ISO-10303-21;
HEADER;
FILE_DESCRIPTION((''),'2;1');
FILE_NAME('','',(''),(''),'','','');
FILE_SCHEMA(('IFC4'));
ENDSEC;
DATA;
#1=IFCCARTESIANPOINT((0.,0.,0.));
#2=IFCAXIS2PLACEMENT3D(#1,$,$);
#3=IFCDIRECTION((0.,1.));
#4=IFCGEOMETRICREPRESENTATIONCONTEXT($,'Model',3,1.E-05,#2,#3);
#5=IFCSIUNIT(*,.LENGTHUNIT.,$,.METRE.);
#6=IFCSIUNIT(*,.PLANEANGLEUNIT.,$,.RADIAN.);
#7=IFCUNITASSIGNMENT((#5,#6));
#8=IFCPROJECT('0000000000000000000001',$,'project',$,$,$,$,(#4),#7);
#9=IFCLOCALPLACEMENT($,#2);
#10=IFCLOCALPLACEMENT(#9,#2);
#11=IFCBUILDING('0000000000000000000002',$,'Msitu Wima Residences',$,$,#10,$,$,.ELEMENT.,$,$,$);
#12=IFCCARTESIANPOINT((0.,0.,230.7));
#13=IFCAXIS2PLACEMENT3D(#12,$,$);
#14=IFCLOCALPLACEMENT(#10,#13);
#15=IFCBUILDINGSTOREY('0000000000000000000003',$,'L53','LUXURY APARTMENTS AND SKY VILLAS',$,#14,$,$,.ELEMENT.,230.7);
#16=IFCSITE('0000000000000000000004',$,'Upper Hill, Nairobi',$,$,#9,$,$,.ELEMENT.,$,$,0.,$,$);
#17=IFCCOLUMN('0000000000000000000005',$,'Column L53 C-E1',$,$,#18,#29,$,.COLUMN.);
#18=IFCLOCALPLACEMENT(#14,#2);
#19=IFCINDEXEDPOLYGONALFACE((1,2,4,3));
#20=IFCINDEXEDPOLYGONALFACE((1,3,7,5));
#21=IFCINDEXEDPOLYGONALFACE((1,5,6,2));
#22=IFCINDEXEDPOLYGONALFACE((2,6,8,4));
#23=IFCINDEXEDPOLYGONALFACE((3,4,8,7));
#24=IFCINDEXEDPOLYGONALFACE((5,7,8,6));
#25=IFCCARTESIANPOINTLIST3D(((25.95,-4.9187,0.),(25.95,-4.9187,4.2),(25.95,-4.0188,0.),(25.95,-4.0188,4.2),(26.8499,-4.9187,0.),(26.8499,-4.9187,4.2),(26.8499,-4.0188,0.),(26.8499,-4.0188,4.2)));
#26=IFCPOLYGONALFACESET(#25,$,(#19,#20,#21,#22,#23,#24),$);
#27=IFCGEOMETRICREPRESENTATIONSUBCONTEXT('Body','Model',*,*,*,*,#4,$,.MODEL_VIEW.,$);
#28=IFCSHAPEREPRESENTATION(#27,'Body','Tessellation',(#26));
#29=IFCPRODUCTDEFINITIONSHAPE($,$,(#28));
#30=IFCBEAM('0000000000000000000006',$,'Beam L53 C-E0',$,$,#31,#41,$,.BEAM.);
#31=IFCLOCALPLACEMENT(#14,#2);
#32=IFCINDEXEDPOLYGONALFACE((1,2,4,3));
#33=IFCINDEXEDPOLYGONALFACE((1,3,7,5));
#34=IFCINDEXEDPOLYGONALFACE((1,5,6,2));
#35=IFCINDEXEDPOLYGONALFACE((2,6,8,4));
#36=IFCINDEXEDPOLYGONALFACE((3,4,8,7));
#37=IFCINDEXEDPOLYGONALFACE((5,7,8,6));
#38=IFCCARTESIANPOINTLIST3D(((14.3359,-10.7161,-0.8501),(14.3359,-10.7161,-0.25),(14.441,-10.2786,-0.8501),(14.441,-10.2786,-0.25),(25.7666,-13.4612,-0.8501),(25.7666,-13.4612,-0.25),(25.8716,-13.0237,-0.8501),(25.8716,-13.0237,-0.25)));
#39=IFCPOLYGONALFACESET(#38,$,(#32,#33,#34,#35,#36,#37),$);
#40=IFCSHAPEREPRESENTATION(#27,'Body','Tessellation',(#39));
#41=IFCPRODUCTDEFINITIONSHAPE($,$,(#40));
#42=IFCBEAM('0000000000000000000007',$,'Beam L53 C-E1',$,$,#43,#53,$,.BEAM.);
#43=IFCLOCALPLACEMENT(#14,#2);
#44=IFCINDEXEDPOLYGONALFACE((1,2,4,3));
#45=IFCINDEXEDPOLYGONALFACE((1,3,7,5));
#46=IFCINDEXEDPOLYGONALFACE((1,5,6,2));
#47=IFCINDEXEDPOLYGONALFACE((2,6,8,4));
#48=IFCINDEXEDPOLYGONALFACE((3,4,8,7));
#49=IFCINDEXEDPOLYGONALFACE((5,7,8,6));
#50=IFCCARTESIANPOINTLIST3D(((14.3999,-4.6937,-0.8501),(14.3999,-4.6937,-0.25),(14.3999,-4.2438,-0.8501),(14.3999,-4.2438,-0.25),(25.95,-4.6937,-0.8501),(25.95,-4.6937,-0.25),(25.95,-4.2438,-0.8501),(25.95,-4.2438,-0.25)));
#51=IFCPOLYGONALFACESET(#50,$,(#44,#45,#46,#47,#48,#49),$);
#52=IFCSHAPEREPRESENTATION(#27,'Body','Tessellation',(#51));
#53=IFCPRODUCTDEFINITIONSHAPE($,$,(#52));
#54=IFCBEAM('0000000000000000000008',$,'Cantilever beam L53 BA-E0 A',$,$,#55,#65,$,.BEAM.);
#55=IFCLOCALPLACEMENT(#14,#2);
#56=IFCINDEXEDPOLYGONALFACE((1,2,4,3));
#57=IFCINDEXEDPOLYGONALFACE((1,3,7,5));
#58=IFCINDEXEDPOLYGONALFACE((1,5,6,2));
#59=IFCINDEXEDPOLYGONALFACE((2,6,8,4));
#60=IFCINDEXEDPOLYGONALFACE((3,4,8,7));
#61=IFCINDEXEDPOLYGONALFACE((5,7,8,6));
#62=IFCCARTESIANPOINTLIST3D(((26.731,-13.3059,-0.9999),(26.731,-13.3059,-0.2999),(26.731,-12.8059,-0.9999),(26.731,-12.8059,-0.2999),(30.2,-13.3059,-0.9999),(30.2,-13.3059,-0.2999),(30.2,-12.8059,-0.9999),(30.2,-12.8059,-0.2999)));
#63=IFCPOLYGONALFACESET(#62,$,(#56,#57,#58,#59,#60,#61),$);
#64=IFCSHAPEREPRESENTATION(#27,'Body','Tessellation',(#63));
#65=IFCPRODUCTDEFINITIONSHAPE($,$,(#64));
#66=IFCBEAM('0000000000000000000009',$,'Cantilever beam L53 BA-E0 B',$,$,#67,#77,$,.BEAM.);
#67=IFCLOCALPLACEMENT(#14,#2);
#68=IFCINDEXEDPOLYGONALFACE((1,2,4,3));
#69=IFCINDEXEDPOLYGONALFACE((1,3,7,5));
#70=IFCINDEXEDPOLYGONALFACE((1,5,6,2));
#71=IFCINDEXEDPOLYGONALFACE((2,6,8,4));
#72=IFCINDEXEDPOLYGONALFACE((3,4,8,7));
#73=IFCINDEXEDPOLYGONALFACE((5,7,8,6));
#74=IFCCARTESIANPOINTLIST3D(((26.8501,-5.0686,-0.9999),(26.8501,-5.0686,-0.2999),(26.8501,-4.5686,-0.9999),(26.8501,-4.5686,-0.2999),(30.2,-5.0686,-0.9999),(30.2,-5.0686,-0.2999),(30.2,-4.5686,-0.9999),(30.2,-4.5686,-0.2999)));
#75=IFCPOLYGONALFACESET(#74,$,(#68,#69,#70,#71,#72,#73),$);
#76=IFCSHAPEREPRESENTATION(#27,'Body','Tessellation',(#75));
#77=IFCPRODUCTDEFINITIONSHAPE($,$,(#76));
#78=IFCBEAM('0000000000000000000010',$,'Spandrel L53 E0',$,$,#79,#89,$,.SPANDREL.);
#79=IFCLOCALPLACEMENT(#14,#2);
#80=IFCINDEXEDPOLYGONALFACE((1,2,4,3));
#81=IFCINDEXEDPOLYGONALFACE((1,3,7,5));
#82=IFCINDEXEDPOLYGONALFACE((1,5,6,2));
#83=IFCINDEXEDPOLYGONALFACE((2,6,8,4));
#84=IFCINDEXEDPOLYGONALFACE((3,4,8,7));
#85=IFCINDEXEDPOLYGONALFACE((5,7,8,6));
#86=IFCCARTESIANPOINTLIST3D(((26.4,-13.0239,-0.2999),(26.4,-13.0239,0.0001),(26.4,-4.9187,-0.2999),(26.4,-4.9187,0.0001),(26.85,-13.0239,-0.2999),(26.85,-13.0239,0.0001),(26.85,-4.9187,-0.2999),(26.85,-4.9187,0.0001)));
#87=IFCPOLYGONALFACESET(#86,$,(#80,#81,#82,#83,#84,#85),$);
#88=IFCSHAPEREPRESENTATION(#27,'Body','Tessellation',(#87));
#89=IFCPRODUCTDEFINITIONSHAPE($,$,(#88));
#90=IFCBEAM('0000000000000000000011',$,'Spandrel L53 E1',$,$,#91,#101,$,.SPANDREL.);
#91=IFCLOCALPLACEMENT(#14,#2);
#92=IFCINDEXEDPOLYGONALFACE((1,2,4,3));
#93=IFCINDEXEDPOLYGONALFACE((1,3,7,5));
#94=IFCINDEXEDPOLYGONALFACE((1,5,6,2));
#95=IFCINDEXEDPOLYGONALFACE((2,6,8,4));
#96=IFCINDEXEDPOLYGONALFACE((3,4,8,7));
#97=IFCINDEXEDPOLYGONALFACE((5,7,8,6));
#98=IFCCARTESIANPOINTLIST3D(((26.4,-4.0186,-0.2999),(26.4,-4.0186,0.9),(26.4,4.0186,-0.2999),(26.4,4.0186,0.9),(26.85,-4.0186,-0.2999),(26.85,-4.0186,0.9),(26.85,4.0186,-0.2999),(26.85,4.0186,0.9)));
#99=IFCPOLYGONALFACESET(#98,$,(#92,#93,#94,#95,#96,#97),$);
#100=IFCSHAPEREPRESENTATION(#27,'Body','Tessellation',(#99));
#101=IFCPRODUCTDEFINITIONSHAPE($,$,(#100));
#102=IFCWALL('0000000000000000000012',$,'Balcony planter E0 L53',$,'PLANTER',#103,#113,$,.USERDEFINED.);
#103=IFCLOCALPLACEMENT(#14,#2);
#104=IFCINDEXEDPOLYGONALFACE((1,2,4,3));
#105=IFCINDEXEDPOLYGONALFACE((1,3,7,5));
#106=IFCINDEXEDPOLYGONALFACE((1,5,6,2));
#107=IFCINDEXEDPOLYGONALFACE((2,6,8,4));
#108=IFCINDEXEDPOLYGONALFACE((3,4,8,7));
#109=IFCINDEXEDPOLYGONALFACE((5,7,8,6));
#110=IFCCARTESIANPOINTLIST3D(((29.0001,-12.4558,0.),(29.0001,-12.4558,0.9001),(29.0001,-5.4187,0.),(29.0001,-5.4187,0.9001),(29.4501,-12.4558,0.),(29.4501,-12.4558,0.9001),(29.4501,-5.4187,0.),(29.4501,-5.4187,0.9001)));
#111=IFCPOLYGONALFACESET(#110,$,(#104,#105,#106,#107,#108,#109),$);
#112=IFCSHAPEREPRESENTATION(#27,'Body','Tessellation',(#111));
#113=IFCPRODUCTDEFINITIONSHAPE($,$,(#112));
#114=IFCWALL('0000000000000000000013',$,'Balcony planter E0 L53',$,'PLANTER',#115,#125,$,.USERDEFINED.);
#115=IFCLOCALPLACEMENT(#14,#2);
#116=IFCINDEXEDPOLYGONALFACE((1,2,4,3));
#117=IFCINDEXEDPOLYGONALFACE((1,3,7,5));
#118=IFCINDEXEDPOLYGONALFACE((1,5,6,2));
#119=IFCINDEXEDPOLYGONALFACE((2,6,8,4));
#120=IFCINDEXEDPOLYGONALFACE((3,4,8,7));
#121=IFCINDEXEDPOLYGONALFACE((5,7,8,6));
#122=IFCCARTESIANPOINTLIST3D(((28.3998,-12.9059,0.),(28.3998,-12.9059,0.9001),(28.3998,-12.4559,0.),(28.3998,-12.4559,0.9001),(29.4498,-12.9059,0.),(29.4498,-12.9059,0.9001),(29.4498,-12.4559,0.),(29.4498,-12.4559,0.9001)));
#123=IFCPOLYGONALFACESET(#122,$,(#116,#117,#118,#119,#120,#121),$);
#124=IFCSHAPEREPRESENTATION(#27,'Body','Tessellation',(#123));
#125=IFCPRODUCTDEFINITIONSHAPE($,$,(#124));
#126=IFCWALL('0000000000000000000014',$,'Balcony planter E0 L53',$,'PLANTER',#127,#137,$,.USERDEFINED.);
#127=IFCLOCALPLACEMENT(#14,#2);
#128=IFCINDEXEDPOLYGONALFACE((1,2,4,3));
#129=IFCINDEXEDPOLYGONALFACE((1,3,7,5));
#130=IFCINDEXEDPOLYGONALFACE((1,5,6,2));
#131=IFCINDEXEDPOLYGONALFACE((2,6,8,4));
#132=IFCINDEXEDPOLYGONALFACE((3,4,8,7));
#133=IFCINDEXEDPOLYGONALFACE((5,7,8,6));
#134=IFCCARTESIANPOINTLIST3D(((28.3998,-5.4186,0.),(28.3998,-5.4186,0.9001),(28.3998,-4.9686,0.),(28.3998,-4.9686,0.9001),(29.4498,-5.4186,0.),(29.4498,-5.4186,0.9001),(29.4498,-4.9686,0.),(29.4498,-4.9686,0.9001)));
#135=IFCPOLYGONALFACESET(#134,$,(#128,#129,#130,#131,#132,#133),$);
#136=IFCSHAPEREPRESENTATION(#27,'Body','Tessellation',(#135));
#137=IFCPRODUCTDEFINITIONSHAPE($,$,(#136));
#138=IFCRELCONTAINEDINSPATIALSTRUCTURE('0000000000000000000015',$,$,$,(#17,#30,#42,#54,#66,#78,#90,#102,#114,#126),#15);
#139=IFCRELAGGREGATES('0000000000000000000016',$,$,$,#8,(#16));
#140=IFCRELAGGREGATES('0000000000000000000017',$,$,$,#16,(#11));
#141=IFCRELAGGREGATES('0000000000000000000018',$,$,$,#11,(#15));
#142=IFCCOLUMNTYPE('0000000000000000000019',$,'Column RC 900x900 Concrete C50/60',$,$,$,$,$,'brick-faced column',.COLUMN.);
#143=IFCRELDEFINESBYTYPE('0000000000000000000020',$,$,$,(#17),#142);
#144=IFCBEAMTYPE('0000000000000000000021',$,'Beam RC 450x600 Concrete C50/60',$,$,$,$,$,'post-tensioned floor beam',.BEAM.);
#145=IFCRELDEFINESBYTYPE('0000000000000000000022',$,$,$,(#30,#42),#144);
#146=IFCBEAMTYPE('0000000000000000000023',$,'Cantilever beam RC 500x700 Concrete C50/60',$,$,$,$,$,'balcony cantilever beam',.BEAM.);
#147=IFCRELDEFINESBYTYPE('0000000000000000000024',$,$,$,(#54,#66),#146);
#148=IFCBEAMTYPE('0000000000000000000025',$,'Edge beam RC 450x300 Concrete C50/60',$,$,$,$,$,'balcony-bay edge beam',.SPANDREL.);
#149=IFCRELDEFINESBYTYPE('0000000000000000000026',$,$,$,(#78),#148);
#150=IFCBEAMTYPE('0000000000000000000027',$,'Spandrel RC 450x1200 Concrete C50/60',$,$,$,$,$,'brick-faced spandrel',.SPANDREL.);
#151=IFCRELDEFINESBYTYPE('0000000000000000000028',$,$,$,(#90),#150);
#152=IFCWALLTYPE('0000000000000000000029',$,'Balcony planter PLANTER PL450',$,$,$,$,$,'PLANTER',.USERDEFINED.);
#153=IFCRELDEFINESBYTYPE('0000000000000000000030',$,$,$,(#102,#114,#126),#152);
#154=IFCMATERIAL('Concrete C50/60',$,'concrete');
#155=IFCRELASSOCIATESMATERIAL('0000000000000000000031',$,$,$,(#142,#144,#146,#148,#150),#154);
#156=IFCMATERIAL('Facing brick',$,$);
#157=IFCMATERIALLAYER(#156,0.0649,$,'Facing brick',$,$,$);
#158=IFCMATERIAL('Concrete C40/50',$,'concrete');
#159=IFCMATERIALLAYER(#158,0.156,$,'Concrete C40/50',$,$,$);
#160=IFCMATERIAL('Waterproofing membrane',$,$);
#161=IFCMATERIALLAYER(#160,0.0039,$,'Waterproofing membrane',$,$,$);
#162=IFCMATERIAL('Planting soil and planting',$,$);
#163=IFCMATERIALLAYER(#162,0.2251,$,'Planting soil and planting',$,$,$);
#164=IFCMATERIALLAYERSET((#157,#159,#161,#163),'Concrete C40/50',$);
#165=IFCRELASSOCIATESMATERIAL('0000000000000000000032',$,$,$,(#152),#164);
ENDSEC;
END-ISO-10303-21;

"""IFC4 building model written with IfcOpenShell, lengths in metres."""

from ifc_helpers import new_model, si_unit, direction, frame, frame_2d, origin, origin_2d, place, context, subcontext, project, spatial, rectangle, extrude, material, layer, layer_set, material_profile, profile_set, type_object, element, save


model = new_model("IFC4")

# Units and contexts
model_context = context("Model", 3, precision=1e-05, world=origin(), true_north=direction((0.0, 1.0)))
body_context = subcontext(model_context, "Body", "Model", "MODEL_VIEW")
ifc_project = project(units=[si_unit("LENGTHUNIT", "METRE"), si_unit("PLANEANGLEUNIT", "RADIAN")], contexts=[model_context])

# Site, building, storey
site_placement = place(None, origin())
site = spatial("IfcSite", under=ifc_project, at=site_placement, Name="Upper Hill, Nairobi", CompositionType="ELEMENT", RefElevation=0.0)
building_placement = place(site_placement, origin())
building = spatial("IfcBuilding", under=site, at=building_placement, Name="Msitu Wima Residences", CompositionType="ELEMENT")
storey_placement = place(building_placement, frame((0.0, 0.0, 230.7)))
storey = spatial("IfcBuildingStorey", under=building, at=storey_placement, Name="L53", Description="LUXURY APARTMENTS AND SKY VILLAS", CompositionType="ELEMENT", Elevation=230.7)

# Column
ifc_material_1 = material(Name="Concrete C50/60", Category="concrete")
ifc_material_profile_1 = material_profile(ifc_material_1, rectangle(XDim=0.8999, YDim=0.8999, at=origin_2d()), Name="RC 900x900")
ifc_profile_set_1 = profile_set([ifc_material_profile_1], Name="Concrete C50/60")
column_type = type_object("IfcColumnType", Name="Column RC 900x900 Concrete C50/60", ElementType="brick-faced column", PredefinedType="COLUMN", material=ifc_profile_set_1)
column_placement = place(storey_placement, frame((26.3999, -4.4688, 0.0), z_axis=(0.0, 0.0, 1.0), x_axis=(0.0, 1.0, 0.0)))
element("IfcColumn", 1, at=column_placement, inside=storey, type_object=column_type, Name="Column L53 C-E1", PredefinedType="COLUMN", context=body_context, shape_type="SweptSolid", body=[
    extrude(rectangle(XDim=0.8999, YDim=0.8999, at=origin_2d()), origin(), (0.0, 0.0, 1.0), 4.2),
])

# Beams
ifc_material_profile_2 = material_profile(ifc_material_1, rectangle(XDim=0.45, YDim=0.6001, at=origin_2d()), Name="RC 450x600")
ifc_profile_set_2 = profile_set([ifc_material_profile_2], Name="Concrete C50/60")
beam_type_1 = type_object("IfcBeamType", Name="Beam RC 450x600 Concrete C50/60", ElementType="post-tensioned floor beam", PredefinedType="BEAM", material=ifc_profile_set_2)
beam_1_placement = place(storey_placement, frame((25.8191, -13.2424, -0.55), z_axis=(-0.972353, 0.233514, 0.0), x_axis=(-0.233514, -0.972353, 0.0)))
element("IfcBeam", 2, at=beam_1_placement, inside=storey, type_object=beam_type_1, Name="Beam L53 C-E0", PredefinedType="BEAM", context=body_context, shape_type="SweptSolid", body=[
    extrude(rectangle(XDim=0.45, YDim=0.6001, at=origin_2d()), origin(), (0.0, 0.0, 1.0), 11.7556),
])
beam_2_placement = place(storey_placement, frame((25.95, -4.4688, -0.55), z_axis=(-1.0, 0.0, 0.0), x_axis=(0.0, -1.0, 0.0)))
element("IfcBeam", 3, at=beam_2_placement, inside=storey, type_object=beam_type_1, Name="Beam L53 C-E1", PredefinedType="BEAM", context=body_context, shape_type="SweptSolid", body=[
    extrude(rectangle(XDim=0.45, YDim=0.6001, at=origin_2d()), origin(), (0.0, 0.0, 1.0), 11.55),
])
ifc_material_profile_3 = material_profile(ifc_material_1, rectangle(XDim=0.5, YDim=0.7, at=origin_2d()), Name="RC 500x700")
ifc_profile_set_3 = profile_set([ifc_material_profile_3], Name="Concrete C50/60")
beam_type_2 = type_object("IfcBeamType", Name="Cantilever beam RC 500x700 Concrete C50/60", ElementType="balcony cantilever beam", PredefinedType="BEAM", material=ifc_profile_set_3)
beam_3_placement = place(storey_placement, frame((26.731, -13.0559, -0.6499), z_axis=(1.0, 0.0, 0.0), x_axis=(0.0, 1.0, 0.0)))
element("IfcBeam", 4, at=beam_3_placement, inside=storey, type_object=beam_type_2, Name="Cantilever beam L53 BA-E0 A", PredefinedType="BEAM", context=body_context, shape_type="SweptSolid", body=[
    extrude(rectangle(XDim=0.5, YDim=0.7, at=origin_2d()), origin(), (0.0, 0.0, 1.0), 3.469),
])
beam_4_placement = place(storey_placement, frame((26.8501, -4.8186, -0.6499), z_axis=(1.0, 0.0, 0.0), x_axis=(0.0, 1.0, 0.0)))
element("IfcBeam", 5, at=beam_4_placement, inside=storey, type_object=beam_type_2, Name="Cantilever beam L53 BA-E0 B", PredefinedType="BEAM", context=body_context, shape_type="SweptSolid", body=[
    extrude(rectangle(XDim=0.5, YDim=0.7, at=origin_2d()), origin(), (0.0, 0.0, 1.0), 3.3499),
])
ifc_material_profile_4 = material_profile(ifc_material_1, rectangle(XDim=0.45, YDim=0.3, at=origin_2d()), Name="RC 450x300")
ifc_profile_set_4 = profile_set([ifc_material_profile_4], Name="Concrete C50/60")
beam_type_3 = type_object("IfcBeamType", Name="Edge beam RC 450x300 Concrete C50/60", ElementType="balcony-bay edge beam", PredefinedType="SPANDREL", material=ifc_profile_set_4)
beam_5_placement = place(storey_placement, frame((26.625, -13.0239, -0.1499), z_axis=(0.0, 1.0, 0.0), x_axis=(-1.0, 0.0, 0.0)))
element("IfcBeam", 6, at=beam_5_placement, inside=storey, type_object=beam_type_3, Name="Spandrel L53 E0", PredefinedType="SPANDREL", context=body_context, shape_type="SweptSolid", body=[
    extrude(rectangle(XDim=0.45, YDim=0.3, at=origin_2d()), origin(), (0.0, 0.0, 1.0), 8.1052),
])
ifc_material_profile_5 = material_profile(ifc_material_1, rectangle(XDim=0.45, YDim=1.2, at=origin_2d()), Name="RC 450x1200")
ifc_profile_set_5 = profile_set([ifc_material_profile_5], Name="Concrete C50/60")
beam_type_4 = type_object("IfcBeamType", Name="Spandrel RC 450x1200 Concrete C50/60", ElementType="brick-faced spandrel", PredefinedType="SPANDREL", material=ifc_profile_set_5)
beam_6_placement = place(storey_placement, frame((26.625, -4.0186, 0.3), z_axis=(0.0, 1.0, 0.0), x_axis=(-1.0, 0.0, 0.0)))
element("IfcBeam", 7, at=beam_6_placement, inside=storey, type_object=beam_type_4, Name="Spandrel L53 E1", PredefinedType="SPANDREL", context=body_context, shape_type="SweptSolid", body=[
    extrude(rectangle(XDim=0.45, YDim=1.2, at=origin_2d()), origin(), (0.0, 0.0, 1.0), 8.0371),
])

# Walls
ifc_material_2 = material(Name="Facing brick")
ifc_layer_1 = layer(ifc_material_2, 0.0649, Name="Facing brick")
ifc_material_3 = material(Name="Concrete C40/50", Category="concrete")
ifc_layer_2 = layer(ifc_material_3, 0.156, Name="Concrete C40/50")
ifc_material_4 = material(Name="Waterproofing membrane")
ifc_layer_3 = layer(ifc_material_4, 0.0039, Name="Waterproofing membrane")
ifc_material_5 = material(Name="Planting soil and planting")
ifc_layer_4 = layer(ifc_material_5, 0.2251, Name="Planting soil and planting")
ifc_layer_set_1 = layer_set([ifc_layer_1, ifc_layer_2, ifc_layer_3, ifc_layer_4], Name="Concrete C40/50")
wall_type_1 = type_object("IfcWallType", Name="Balcony planter PLANTER PL450", ElementType="PLANTER", PredefinedType="USERDEFINED", material=ifc_layer_set_1)
wall_1_placement = place(storey_placement, frame((29.2251, -12.4558, 0.0), z_axis=(0.0, 0.0, 1.0), x_axis=(0.0, 1.0, 0.0)))
element("IfcWall", 8, at=wall_1_placement, inside=storey, type_object=wall_type_1, Name="Balcony planter E0 L53", ObjectType="PLANTER", PredefinedType="USERDEFINED", context=body_context, shape_type="SweptSolid", body=[
    extrude(rectangle(XDim=7.0371, YDim=0.45, at=frame_2d((3.5186, 0.0))), origin(), (0.0, 0.0, 1.0), 0.9001),
])
for number, where, z_axis, x_axis, name in (
    (9, (28.3999, -12.6809, 0.0), (0.0, 0.0, 1.0), (1.0, 0.0, 0.0), "Balcony planter E0 L53"),
    (10, (28.3999, -5.1936, 0.0), (0.0, 0.0, 1.0), (1.0, 0.0, 0.0), "Balcony planter E0 L53"),
):
    element("IfcWall", number, at=place(storey_placement, frame(where, z_axis=z_axis, x_axis=x_axis)), inside=storey, type_object=wall_type_1, Name=name, ObjectType="PLANTER", PredefinedType="USERDEFINED", context=body_context, shape_type="SweptSolid", body=[
        extrude(rectangle(XDim=1.05, YDim=0.45, at=frame_2d((0.5249, 0.0))), origin(), (0.0, 0.0, 1.0), 0.9001),
    ])

save(model, "model.ifc")
